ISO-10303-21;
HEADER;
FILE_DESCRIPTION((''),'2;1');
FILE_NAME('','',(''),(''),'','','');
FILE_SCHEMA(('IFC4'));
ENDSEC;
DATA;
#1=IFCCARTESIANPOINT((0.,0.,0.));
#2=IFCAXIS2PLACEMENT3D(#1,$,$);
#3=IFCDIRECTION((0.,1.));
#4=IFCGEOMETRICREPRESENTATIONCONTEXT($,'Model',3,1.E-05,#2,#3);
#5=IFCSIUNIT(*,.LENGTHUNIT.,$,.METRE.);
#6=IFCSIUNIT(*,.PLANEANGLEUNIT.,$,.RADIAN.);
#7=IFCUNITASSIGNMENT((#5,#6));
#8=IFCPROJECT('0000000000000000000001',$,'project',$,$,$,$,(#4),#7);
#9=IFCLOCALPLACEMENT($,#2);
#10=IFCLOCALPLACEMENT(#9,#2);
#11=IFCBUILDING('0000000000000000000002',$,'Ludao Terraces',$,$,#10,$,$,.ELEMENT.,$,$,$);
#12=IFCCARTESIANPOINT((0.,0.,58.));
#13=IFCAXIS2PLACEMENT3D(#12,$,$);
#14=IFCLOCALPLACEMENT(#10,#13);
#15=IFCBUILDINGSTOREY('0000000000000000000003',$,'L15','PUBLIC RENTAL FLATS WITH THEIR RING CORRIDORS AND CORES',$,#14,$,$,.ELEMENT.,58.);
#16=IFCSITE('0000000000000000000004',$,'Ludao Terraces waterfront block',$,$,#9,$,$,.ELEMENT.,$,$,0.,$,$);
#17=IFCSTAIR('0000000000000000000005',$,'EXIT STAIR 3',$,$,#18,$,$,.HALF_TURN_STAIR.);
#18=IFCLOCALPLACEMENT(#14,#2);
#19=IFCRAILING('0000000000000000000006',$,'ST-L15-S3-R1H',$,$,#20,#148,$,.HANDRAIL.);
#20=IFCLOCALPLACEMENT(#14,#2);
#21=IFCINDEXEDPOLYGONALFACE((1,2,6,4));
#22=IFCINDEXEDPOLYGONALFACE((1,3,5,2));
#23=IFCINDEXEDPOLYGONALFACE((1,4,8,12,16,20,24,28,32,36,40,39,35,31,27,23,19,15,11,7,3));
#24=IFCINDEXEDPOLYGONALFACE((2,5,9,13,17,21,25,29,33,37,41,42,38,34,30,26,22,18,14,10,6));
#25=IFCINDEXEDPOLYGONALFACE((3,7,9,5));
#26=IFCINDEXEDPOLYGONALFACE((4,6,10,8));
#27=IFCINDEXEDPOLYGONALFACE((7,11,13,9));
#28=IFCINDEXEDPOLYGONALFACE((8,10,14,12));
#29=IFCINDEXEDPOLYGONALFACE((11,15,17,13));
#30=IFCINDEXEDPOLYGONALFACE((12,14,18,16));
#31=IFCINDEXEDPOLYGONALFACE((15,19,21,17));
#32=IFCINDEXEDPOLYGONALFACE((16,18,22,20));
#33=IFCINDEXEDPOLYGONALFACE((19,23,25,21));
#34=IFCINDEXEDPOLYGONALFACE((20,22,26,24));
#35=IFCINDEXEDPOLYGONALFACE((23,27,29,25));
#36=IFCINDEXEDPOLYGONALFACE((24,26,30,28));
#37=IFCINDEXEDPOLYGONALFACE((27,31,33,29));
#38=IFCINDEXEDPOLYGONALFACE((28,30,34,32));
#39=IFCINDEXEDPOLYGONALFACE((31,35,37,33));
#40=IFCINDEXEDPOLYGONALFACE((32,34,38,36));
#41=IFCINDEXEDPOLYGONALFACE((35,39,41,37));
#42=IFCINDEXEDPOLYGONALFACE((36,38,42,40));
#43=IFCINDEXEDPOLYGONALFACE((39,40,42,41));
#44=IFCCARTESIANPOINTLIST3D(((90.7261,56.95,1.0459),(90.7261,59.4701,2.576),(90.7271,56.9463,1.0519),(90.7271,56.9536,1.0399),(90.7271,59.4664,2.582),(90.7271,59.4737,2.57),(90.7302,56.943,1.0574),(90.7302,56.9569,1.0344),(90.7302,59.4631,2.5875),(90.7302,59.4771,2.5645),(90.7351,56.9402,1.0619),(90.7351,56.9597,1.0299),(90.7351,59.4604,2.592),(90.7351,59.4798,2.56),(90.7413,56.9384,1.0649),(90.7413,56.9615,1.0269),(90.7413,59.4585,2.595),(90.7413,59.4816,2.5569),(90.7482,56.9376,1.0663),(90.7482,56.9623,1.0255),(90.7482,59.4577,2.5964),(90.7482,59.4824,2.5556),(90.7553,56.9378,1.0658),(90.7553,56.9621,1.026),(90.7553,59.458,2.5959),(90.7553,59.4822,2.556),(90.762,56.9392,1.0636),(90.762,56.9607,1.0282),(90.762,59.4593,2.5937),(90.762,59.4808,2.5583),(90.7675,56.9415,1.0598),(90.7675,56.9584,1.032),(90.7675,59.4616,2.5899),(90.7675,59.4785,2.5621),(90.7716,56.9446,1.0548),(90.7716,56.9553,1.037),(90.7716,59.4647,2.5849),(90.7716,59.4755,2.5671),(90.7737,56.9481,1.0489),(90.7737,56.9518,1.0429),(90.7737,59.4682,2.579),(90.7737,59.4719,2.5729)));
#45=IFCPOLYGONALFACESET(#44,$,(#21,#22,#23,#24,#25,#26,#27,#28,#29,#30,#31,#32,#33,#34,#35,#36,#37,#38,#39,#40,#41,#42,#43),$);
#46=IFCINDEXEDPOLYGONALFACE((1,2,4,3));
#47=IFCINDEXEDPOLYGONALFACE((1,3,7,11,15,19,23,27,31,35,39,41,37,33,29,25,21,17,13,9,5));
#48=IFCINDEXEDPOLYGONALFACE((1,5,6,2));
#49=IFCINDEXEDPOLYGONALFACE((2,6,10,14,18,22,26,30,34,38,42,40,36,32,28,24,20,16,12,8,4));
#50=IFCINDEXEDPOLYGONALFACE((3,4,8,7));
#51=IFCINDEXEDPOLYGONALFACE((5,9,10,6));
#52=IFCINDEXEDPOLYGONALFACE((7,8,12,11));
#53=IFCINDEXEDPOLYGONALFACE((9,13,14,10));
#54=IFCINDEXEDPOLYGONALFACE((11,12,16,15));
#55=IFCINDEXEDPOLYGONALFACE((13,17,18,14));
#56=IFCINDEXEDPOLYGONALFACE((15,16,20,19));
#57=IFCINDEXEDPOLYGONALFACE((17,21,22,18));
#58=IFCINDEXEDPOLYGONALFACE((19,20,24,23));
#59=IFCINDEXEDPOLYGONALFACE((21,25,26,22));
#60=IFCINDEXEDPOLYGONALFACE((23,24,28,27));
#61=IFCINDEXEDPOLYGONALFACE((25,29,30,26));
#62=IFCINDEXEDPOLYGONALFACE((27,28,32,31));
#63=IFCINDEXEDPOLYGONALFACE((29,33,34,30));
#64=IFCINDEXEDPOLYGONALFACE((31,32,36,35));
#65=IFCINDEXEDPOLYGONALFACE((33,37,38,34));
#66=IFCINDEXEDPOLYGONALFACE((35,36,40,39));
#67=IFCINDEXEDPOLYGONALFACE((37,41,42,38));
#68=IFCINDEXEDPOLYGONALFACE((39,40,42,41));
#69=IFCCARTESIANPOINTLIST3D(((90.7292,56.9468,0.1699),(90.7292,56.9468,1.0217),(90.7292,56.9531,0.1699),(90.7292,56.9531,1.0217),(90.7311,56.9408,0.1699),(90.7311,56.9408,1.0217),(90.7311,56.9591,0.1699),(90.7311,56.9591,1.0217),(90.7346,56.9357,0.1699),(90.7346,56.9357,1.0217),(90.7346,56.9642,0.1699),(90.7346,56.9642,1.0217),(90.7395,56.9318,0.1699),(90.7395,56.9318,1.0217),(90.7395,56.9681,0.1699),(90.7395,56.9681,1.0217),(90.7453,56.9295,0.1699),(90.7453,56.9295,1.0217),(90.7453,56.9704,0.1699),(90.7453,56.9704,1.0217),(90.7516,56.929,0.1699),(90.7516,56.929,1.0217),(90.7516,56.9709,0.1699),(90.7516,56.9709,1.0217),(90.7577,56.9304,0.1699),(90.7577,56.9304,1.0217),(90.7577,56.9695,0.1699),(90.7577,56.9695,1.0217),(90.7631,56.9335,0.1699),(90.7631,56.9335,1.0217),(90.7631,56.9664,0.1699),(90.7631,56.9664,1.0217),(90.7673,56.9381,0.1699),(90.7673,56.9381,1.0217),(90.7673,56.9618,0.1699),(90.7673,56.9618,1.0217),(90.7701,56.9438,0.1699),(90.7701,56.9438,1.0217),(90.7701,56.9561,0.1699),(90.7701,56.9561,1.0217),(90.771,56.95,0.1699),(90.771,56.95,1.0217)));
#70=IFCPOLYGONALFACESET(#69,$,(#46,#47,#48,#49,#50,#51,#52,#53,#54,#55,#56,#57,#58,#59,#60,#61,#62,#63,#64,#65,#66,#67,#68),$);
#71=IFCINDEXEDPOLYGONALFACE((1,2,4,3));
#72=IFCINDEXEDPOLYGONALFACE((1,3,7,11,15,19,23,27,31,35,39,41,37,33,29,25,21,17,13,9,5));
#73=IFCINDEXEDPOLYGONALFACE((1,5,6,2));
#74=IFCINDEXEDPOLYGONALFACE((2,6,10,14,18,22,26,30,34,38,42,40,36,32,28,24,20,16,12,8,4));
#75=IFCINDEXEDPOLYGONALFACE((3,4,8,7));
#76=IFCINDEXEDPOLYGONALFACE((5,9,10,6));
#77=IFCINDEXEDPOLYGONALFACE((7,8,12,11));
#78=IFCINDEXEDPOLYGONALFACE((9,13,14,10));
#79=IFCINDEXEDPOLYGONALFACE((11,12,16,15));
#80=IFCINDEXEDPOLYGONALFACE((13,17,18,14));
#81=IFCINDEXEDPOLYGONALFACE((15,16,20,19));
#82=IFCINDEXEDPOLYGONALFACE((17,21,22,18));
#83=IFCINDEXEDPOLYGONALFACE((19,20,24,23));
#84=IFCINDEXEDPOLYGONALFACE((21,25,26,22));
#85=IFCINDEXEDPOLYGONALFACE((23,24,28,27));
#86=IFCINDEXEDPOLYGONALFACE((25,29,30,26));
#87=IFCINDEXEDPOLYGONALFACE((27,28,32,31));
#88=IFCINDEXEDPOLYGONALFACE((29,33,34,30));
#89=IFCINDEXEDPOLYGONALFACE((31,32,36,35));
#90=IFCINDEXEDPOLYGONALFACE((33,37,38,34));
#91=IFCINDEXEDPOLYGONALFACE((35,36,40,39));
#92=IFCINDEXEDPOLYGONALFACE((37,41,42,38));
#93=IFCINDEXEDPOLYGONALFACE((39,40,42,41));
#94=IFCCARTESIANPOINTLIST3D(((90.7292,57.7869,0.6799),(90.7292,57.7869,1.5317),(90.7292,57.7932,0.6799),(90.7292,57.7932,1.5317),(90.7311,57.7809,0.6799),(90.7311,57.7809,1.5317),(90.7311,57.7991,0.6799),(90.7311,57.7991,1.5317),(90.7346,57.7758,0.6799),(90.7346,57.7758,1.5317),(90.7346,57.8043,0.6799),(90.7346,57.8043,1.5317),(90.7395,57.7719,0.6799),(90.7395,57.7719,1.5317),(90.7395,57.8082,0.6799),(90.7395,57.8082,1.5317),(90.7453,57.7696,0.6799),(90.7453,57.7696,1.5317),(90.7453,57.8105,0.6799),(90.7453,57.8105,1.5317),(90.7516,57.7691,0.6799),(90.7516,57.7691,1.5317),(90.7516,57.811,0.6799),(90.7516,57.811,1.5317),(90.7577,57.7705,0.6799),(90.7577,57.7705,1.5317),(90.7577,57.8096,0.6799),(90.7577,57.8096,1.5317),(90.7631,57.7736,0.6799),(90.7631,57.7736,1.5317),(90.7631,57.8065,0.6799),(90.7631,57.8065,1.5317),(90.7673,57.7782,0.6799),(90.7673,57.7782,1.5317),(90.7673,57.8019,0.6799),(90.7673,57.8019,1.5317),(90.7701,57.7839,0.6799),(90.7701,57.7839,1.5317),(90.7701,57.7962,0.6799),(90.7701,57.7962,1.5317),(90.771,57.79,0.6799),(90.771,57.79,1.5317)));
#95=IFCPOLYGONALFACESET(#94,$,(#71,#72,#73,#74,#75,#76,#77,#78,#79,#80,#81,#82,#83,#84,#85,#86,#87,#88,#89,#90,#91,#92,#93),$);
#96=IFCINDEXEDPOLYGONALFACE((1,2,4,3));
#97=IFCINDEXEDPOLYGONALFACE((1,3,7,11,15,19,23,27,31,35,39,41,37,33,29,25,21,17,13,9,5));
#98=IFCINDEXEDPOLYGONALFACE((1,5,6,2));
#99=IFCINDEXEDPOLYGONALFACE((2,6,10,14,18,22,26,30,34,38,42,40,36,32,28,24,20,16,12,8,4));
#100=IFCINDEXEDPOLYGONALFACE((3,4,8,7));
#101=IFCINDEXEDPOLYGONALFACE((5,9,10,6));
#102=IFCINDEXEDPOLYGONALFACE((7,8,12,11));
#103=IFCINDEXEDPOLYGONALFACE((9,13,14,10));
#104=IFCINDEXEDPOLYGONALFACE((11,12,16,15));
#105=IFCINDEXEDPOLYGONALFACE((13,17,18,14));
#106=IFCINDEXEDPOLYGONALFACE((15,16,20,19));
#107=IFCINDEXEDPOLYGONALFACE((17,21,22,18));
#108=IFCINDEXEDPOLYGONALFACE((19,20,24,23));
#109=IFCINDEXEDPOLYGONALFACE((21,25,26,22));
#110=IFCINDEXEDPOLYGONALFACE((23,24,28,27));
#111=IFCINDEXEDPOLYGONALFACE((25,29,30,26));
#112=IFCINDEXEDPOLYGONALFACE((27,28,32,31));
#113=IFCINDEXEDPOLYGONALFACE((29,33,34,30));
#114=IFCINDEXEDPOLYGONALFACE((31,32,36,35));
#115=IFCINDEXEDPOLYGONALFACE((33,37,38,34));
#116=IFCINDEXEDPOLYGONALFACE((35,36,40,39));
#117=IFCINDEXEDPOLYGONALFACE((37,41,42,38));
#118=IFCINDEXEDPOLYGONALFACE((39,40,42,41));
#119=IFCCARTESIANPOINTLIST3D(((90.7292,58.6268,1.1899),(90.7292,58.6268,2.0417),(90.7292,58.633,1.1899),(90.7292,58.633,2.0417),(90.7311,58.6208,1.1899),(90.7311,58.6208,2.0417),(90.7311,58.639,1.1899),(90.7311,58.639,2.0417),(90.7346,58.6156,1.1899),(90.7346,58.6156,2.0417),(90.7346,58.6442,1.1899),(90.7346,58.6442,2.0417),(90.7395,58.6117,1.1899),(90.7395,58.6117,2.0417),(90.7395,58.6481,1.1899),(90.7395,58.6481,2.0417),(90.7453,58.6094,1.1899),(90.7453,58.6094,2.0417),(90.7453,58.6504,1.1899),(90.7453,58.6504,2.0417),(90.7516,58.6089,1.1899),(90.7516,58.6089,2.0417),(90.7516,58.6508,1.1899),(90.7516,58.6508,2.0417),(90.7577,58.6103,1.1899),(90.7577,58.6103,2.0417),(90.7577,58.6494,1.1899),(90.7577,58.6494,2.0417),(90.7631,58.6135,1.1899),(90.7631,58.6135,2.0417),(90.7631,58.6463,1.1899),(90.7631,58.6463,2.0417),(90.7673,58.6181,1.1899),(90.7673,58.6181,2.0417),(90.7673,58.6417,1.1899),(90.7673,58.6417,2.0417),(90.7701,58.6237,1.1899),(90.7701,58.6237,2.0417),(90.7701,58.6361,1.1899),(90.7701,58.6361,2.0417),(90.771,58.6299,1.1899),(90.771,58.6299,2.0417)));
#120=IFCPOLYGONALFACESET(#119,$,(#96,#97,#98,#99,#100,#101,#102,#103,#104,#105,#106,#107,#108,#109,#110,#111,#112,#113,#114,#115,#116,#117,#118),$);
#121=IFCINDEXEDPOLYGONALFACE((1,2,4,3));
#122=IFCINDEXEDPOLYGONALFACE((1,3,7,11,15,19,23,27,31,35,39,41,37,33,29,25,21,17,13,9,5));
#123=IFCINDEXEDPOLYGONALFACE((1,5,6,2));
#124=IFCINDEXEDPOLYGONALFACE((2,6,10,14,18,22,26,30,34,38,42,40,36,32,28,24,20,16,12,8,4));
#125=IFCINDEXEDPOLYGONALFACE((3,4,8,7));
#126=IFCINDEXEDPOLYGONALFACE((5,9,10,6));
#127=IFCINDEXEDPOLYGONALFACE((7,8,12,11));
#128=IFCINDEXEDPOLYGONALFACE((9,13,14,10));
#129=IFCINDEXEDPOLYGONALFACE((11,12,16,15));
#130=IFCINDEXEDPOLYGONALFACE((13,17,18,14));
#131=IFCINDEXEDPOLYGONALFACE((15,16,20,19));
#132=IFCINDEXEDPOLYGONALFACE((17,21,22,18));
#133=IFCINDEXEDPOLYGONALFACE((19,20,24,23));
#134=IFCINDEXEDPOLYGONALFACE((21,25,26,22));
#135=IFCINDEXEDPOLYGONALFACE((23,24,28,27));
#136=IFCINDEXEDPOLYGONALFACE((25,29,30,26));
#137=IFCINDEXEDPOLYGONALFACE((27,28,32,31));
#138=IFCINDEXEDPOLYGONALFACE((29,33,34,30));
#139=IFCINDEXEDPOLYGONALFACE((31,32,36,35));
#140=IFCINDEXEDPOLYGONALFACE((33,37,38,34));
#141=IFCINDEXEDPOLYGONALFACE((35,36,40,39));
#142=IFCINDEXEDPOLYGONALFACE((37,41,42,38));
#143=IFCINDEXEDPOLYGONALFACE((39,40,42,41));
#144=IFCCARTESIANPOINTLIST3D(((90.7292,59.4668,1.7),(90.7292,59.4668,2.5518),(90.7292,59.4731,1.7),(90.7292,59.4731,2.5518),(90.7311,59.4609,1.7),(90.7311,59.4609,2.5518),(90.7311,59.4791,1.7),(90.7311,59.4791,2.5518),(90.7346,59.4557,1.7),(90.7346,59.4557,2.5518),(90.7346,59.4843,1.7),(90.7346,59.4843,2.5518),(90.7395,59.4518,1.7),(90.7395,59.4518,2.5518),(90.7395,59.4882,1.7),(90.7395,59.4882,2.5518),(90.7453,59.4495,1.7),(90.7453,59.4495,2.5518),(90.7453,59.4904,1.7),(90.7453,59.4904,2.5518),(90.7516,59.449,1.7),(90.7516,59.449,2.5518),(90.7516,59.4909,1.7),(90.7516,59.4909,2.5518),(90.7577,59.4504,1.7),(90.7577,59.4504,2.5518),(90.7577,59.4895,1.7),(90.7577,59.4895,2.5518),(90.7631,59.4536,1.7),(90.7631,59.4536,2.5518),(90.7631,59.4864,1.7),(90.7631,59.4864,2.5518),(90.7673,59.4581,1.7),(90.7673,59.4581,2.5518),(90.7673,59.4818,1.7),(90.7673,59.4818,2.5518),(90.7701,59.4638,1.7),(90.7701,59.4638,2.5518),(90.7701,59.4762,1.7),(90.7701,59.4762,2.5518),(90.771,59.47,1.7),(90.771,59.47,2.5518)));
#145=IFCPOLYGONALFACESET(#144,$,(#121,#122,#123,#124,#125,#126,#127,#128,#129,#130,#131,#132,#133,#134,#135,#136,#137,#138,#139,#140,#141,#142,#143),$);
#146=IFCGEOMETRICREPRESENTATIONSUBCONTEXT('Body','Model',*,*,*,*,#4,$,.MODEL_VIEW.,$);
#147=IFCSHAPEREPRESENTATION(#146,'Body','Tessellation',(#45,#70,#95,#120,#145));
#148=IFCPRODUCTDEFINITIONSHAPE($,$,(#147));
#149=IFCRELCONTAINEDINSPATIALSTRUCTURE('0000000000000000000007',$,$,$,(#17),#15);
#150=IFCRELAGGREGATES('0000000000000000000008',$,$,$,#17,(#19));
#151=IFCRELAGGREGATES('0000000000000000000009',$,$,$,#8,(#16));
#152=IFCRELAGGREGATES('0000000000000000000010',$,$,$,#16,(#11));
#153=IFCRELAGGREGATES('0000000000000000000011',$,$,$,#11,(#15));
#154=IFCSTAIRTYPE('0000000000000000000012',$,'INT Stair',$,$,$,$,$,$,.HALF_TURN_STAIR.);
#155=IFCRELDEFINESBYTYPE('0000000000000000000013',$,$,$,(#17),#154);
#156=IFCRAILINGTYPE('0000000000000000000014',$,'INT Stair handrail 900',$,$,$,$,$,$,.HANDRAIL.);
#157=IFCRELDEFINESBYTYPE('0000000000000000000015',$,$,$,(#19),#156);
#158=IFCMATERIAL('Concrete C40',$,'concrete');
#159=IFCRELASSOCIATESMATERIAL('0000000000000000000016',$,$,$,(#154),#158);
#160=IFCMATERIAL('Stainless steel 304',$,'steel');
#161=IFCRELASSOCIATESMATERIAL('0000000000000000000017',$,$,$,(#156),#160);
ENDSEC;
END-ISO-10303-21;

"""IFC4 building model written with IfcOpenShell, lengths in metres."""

from ifc_helpers import new_model, si_unit, direction, frame, origin, origin_2d, place, context, subcontext, project, spatial, circle, extrude, material, type_object, element, aggregate, save


model = new_model("IFC4")

# Units and contexts
model_context = context("Model", 3, precision=1e-05, world=origin(), true_north=direction((0.0, 1.0)))
body_context = subcontext(model_context, "Body", "Model", "MODEL_VIEW")
ifc_project = project(units=[si_unit("LENGTHUNIT", "METRE"), si_unit("PLANEANGLEUNIT", "RADIAN")], contexts=[model_context])

# Site, building, storey
site_placement = place(None, origin())
site = spatial("IfcSite", under=ifc_project, at=site_placement, Name="Ludao Terraces waterfront block", CompositionType="ELEMENT", RefElevation=0.0)
building_placement = place(site_placement, origin())
building = spatial("IfcBuilding", under=site, at=building_placement, Name="Ludao Terraces", CompositionType="ELEMENT")
storey_placement = place(building_placement, frame((0.0, 0.0, 58.0)))
storey = spatial("IfcBuildingStorey", under=building, at=storey_placement, Name="L15", Description="PUBLIC RENTAL FLATS WITH THEIR RING CORRIDORS AND CORES", CompositionType="ELEMENT", Elevation=58.0)

# Stair, railing
ifc_material_1 = material(Name="Concrete C40", Category="concrete")
stair_type = type_object("IfcStairType", Name="INT Stair", PredefinedType="HALF_TURN_STAIR", material=ifc_material_1)
stair_placement = place(storey_placement, origin())
stair = element("IfcStair", 1, at=stair_placement, inside=storey, type_object=stair_type, Name="EXIT STAIR 3", PredefinedType="HALF_TURN_STAIR")
ifc_material_2 = material(Name="Stainless steel 304", Category="steel")
railing_type_1 = type_object("IfcRailingType", Name="INT Stair handrail 900", PredefinedType="HANDRAIL", material=ifc_material_2)
railing_1_placement = place(storey_placement, frame((90.75, 56.95, 0.1699)))
railing_1 = element("IfcRailing", 2, at=railing_1_placement, type_object=railing_type_1, Name="ST-L15-S3-R1H", PredefinedType="HANDRAIL", context=body_context, shape_type="SweptSolid", body=[
    extrude(circle(Radius=0.0239, at=origin_2d()), frame((0.0, 0.0, 0.876), z_axis=(0.0, 0.854785, 0.518982), x_axis=(-1.0, 0.0, 0.0)), (0.0, 0.0, 1.0), 2.9482),
    extrude(circle(Radius=0.021, at=origin_2d()), origin(), (0.0, 0.0, 1.0), 0.8518),
    extrude(circle(Radius=0.021, at=origin_2d()), frame((0.0, 0.8401, 0.51)), (0.0, 0.0, 1.0), 0.8518),
    extrude(circle(Radius=0.021, at=origin_2d()), frame((0.0, 1.6799, 1.02)), (0.0, 0.0, 1.0), 0.8518),
    extrude(circle(Radius=0.021, at=origin_2d()), frame((0.0, 2.52, 1.53)), (0.0, 0.0, 1.0), 0.8518),
])
aggregate(stair, [railing_1])

save(model, "model.ifc")
